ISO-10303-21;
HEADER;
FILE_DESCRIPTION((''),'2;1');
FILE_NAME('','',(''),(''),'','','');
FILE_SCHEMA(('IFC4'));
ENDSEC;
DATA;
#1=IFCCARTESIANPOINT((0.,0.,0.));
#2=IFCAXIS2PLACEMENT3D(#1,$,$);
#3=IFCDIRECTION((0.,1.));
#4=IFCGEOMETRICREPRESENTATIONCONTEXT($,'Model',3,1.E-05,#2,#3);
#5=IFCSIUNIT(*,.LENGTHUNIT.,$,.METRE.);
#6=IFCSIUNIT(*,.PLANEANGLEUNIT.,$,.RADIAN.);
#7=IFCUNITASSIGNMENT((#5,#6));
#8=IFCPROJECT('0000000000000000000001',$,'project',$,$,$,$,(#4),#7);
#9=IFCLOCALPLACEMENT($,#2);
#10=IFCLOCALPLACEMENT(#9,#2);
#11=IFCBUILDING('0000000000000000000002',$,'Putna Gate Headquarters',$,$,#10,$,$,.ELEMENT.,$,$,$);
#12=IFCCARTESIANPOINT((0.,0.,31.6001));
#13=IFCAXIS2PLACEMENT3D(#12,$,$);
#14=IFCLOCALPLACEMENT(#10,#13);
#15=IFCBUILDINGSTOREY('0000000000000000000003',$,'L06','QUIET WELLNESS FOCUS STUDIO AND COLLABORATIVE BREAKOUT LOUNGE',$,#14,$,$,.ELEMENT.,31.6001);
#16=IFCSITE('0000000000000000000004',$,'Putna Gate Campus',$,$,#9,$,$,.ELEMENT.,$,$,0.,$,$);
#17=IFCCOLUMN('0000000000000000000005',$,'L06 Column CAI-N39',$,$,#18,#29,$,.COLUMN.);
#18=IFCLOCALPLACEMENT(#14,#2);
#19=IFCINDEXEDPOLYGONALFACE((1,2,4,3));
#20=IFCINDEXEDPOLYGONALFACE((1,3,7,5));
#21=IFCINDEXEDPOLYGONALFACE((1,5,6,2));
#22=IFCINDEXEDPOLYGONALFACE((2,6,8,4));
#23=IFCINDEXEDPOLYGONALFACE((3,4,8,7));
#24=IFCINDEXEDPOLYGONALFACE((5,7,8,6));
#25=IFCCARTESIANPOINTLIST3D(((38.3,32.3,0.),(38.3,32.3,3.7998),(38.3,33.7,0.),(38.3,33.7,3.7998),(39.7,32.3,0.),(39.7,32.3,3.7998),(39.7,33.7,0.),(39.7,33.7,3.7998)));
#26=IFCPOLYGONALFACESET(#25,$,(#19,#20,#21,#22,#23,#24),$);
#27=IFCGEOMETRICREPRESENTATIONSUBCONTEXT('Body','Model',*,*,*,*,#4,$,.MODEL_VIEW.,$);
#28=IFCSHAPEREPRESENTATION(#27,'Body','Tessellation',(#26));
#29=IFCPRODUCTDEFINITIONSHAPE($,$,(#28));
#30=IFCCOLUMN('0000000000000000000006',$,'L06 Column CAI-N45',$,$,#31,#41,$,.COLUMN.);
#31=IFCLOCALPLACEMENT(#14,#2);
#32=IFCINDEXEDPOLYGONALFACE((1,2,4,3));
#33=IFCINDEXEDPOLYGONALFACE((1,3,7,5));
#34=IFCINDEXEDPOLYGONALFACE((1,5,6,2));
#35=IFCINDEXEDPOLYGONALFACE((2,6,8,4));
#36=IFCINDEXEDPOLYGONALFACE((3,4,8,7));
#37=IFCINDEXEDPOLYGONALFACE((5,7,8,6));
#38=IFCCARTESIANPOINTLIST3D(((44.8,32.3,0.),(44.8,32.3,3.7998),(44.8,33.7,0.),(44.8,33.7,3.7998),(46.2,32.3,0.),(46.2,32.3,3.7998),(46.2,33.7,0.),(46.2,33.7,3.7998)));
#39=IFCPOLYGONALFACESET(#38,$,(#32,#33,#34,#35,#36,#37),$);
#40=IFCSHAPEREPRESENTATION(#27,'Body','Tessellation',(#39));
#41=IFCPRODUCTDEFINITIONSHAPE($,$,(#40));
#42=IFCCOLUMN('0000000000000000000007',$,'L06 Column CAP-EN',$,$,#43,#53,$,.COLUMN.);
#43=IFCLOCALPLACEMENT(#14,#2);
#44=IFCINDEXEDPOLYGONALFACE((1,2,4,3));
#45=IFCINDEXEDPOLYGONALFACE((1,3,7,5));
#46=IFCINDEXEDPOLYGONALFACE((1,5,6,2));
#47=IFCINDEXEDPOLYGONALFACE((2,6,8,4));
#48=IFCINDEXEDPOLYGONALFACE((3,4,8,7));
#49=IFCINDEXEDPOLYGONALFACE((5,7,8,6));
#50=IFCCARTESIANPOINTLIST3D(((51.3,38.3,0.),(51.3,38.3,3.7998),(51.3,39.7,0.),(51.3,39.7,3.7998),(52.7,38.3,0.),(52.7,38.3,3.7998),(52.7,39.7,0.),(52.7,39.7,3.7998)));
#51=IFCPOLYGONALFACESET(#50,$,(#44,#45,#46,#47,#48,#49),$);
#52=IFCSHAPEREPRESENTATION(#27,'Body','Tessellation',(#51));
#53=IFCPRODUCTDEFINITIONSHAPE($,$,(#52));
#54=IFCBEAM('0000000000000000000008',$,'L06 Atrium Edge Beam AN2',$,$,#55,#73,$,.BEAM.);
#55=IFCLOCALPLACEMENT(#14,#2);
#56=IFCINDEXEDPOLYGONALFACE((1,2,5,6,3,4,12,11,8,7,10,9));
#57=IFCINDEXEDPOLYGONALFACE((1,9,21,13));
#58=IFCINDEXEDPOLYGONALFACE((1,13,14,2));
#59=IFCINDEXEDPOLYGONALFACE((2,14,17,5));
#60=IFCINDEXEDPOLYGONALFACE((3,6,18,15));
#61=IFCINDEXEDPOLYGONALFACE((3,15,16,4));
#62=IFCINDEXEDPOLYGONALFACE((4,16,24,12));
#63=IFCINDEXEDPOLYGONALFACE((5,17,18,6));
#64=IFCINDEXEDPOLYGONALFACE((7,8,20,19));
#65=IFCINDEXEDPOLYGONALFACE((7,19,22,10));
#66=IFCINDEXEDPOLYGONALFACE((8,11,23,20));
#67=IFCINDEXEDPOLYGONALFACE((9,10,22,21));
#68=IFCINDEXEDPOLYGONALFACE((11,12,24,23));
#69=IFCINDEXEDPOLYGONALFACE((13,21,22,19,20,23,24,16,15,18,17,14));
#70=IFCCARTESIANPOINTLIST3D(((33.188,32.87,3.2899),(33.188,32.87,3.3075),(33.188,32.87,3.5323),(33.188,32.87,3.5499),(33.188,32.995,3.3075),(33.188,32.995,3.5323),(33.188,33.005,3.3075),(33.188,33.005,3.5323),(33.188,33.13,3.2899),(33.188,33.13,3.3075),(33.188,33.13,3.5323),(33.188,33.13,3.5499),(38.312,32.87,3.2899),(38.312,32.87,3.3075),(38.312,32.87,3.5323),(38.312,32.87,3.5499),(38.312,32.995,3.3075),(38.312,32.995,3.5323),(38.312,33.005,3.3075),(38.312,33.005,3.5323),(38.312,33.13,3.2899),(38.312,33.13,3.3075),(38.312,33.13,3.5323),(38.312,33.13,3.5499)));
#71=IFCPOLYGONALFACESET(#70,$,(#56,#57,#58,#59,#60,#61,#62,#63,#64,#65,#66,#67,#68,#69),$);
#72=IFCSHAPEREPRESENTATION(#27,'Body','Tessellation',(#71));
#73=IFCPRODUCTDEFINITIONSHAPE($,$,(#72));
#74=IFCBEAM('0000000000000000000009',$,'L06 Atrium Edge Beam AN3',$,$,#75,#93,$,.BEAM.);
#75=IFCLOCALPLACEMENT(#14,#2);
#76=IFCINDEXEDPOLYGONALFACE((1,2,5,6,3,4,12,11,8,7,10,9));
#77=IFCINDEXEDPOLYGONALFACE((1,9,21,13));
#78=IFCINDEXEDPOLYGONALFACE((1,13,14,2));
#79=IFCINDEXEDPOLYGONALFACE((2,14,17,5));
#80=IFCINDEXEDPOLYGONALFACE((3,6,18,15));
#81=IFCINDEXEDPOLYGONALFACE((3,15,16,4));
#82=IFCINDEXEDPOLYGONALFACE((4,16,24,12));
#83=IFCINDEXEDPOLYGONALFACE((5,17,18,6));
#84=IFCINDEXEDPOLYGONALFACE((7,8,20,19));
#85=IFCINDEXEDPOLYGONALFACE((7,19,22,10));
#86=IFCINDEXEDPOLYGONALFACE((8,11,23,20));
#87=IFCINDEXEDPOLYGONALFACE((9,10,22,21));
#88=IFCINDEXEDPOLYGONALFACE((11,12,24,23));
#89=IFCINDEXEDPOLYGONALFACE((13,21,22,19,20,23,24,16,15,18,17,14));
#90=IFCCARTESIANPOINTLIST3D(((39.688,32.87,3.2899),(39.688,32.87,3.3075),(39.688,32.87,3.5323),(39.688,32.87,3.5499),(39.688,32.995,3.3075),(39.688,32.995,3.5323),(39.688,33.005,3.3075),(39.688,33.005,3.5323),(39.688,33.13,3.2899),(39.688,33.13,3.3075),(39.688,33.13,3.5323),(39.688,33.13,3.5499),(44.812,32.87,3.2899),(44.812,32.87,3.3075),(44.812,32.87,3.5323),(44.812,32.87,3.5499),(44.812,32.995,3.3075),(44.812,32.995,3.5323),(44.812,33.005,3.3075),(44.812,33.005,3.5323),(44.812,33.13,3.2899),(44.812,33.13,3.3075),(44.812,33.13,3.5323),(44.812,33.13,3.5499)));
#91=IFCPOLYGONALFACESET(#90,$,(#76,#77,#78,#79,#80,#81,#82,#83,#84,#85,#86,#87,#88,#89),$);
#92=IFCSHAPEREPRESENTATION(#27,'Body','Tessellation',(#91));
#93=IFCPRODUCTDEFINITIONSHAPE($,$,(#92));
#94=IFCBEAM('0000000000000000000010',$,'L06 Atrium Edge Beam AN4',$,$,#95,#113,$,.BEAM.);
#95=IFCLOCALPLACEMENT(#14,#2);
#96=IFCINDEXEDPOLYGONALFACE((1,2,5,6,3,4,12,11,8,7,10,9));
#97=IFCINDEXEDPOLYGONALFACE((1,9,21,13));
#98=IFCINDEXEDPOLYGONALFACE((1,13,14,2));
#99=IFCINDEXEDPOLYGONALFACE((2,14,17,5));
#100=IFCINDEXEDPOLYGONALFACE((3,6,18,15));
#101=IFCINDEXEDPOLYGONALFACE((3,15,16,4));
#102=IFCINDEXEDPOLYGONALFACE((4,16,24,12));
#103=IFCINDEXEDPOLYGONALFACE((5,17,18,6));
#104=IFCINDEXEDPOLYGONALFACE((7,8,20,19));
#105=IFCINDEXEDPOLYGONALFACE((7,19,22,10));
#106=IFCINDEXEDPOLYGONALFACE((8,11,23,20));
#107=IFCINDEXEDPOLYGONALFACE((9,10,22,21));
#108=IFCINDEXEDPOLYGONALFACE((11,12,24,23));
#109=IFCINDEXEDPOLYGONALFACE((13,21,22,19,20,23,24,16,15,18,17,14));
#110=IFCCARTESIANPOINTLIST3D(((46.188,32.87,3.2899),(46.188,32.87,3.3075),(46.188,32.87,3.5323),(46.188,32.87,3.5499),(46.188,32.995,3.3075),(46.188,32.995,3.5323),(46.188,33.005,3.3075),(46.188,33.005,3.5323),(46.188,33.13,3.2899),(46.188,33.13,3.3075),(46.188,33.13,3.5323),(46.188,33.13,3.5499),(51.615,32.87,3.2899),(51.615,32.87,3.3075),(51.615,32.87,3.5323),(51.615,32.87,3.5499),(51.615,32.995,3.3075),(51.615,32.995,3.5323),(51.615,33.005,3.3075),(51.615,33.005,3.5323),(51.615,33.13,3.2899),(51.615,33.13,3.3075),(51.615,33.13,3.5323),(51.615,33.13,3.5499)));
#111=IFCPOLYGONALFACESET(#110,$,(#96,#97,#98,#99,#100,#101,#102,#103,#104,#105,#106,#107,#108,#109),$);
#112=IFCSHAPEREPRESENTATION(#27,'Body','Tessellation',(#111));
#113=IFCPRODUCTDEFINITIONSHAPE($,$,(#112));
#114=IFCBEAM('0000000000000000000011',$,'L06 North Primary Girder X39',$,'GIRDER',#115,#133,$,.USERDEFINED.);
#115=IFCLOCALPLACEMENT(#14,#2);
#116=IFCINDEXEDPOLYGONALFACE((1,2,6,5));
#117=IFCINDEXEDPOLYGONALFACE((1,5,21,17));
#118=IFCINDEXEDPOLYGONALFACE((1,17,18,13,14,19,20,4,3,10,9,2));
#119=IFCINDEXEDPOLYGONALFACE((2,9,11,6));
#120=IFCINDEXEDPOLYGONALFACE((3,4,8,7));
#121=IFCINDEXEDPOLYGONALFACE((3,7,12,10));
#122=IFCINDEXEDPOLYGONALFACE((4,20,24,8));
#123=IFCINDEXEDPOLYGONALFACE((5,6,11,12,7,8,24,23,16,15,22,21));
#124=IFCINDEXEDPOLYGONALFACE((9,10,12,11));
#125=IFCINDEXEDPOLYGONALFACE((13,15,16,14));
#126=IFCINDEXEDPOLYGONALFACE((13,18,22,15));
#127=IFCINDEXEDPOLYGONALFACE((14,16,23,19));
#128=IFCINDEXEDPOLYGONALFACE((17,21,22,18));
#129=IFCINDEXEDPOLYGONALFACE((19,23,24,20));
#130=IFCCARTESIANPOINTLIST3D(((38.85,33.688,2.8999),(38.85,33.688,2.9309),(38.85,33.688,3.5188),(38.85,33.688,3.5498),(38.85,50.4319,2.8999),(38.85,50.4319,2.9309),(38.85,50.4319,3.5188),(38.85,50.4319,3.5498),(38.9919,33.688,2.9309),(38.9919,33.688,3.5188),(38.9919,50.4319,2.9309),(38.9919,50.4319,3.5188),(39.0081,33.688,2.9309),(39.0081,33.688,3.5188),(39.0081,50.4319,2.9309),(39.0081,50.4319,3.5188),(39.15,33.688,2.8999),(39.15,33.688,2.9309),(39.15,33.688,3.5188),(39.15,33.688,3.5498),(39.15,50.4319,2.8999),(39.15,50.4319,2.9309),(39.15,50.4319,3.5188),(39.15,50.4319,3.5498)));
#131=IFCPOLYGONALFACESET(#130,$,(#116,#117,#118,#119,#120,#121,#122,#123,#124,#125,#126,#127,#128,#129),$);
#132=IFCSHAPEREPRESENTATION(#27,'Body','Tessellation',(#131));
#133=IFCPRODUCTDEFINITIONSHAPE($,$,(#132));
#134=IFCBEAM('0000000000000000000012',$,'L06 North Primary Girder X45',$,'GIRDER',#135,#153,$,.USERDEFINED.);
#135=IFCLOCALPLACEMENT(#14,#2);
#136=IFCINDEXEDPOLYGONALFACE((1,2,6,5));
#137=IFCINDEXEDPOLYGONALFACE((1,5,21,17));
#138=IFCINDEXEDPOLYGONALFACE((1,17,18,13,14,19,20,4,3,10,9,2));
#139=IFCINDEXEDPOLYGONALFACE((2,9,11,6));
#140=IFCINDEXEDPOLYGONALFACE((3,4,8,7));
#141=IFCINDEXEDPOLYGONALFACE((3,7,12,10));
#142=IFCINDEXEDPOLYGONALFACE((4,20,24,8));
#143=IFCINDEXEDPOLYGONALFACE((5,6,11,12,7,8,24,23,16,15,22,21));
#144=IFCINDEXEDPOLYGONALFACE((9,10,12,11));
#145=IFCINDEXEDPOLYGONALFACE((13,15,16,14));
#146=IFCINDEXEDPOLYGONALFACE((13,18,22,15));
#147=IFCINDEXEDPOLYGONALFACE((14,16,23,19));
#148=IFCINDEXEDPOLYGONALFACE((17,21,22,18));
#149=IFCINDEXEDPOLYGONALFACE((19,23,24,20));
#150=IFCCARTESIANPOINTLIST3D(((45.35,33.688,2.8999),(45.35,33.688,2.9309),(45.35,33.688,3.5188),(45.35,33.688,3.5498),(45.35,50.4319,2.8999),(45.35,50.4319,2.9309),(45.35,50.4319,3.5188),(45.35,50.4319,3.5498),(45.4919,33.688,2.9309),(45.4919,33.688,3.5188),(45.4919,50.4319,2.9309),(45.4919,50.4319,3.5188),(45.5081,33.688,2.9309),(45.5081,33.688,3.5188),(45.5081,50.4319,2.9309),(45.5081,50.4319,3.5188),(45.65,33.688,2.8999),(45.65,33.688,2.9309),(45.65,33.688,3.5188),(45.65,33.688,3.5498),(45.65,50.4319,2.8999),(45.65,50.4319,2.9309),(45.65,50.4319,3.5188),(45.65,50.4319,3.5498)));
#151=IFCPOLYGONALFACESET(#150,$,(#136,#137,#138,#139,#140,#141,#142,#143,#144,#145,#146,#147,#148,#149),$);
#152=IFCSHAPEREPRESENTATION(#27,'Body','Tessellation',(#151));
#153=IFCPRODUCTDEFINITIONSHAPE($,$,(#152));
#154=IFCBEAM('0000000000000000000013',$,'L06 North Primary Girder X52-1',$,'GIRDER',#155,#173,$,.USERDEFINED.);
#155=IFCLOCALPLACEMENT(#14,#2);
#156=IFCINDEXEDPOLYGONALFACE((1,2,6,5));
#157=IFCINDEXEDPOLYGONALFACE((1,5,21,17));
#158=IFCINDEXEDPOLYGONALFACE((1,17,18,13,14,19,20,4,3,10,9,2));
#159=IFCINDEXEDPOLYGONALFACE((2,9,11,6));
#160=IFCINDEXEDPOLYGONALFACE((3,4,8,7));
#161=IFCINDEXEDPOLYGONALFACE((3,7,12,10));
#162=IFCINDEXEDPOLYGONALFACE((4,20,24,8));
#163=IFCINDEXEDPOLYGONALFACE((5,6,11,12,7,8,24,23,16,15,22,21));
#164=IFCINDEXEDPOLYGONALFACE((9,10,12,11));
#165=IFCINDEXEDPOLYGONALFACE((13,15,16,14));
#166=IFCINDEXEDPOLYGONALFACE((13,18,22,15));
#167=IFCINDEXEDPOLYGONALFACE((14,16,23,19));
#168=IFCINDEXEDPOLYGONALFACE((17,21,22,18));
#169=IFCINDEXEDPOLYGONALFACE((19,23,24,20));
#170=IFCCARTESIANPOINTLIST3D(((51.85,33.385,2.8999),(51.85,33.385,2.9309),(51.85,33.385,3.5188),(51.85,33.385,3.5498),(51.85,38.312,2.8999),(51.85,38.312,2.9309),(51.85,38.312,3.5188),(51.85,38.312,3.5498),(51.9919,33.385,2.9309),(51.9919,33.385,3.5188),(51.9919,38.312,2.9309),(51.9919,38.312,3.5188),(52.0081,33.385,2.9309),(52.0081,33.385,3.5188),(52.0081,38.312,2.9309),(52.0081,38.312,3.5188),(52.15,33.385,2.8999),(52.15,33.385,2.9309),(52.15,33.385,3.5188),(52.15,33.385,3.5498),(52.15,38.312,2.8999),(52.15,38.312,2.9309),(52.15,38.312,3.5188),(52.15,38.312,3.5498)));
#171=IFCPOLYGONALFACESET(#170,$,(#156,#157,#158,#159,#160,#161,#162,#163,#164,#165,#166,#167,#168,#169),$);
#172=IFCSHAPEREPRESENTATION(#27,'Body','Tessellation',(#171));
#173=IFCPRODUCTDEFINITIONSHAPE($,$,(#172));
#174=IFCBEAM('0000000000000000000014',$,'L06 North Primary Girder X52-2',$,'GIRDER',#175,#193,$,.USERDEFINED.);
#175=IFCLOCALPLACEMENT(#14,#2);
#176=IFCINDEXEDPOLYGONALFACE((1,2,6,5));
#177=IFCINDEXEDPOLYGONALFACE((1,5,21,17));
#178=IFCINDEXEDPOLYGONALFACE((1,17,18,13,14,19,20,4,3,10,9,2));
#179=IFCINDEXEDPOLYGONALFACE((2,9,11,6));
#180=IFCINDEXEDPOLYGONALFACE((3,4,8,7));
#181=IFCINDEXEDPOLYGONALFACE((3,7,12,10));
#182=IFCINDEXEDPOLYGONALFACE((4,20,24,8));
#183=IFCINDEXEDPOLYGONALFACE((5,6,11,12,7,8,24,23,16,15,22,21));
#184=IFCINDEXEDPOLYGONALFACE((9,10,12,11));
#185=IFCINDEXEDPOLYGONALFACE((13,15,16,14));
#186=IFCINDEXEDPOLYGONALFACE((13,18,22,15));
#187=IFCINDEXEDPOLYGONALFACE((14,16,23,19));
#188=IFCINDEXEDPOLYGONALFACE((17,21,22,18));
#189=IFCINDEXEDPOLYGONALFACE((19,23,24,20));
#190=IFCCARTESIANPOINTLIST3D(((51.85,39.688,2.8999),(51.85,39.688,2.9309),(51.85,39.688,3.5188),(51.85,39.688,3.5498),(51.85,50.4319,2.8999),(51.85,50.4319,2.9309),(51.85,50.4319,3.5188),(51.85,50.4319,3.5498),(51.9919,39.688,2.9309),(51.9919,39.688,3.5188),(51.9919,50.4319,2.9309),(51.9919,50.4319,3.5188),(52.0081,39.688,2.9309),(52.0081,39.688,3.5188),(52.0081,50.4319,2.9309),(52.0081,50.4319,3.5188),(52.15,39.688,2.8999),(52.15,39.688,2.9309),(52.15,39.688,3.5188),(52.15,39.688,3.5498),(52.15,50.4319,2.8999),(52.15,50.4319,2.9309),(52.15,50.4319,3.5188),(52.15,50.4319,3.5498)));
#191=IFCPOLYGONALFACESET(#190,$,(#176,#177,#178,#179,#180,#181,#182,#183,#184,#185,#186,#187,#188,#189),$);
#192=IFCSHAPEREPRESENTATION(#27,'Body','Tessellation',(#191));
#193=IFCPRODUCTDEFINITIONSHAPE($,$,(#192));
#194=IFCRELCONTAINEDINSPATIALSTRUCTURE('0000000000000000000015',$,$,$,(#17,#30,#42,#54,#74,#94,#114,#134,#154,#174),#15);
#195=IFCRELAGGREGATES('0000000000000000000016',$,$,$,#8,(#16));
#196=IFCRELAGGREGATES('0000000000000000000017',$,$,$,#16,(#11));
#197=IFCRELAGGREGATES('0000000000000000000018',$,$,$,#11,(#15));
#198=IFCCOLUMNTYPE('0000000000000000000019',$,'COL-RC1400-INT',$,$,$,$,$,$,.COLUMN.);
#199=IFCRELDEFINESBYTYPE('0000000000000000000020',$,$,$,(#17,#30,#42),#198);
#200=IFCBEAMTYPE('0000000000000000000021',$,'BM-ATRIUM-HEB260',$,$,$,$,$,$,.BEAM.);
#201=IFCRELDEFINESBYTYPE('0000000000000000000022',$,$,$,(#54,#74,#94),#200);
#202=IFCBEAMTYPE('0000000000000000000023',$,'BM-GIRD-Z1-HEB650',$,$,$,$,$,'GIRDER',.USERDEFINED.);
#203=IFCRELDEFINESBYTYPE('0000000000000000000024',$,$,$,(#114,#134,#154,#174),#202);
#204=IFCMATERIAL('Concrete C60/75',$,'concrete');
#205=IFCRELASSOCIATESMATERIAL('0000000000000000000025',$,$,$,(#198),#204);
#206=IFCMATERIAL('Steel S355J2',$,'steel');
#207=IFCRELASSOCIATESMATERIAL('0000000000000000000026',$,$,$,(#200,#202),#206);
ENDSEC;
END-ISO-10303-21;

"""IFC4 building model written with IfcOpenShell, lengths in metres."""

from ifc_helpers import new_model, si_unit, direction, frame, origin, origin_2d, place, context, subcontext, project, spatial, rectangle, i_section, extrude, material, material_profile, profile_set, type_object, element, save


model = new_model("IFC4")

# Units and contexts
model_context = context("Model", 3, precision=1e-05, world=origin(), true_north=direction((0.0, 1.0)))
body_context = subcontext(model_context, "Body", "Model", "MODEL_VIEW")
ifc_project = project(units=[si_unit("LENGTHUNIT", "METRE"), si_unit("PLANEANGLEUNIT", "RADIAN")], contexts=[model_context])

# Site, building, storey
site_placement = place(None, origin())
site = spatial("IfcSite", under=ifc_project, at=site_placement, Name="Putna Gate Campus", CompositionType="ELEMENT", RefElevation=0.0)
building_placement = place(site_placement, origin())
building = spatial("IfcBuilding", under=site, at=building_placement, Name="Putna Gate Headquarters", CompositionType="ELEMENT")
storey_placement = place(building_placement, frame((0.0, 0.0, 31.6001)))
storey = spatial("IfcBuildingStorey", under=building, at=storey_placement, Name="L06", Description="QUIET WELLNESS FOCUS STUDIO AND COLLABORATIVE BREAKOUT LOUNGE", CompositionType="ELEMENT", Elevation=31.6001)

# Columns
ifc_material_1 = material(Name="Concrete C60/75", Category="concrete")
ifc_material_profile_1 = material_profile(ifc_material_1, rectangle(XDim=1.3999, YDim=1.3999, at=origin_2d()), Name="Concrete C60/75")
ifc_profile_set_1 = profile_set([ifc_material_profile_1], Name="Concrete C60/75")
column_type = type_object("IfcColumnType", Name="COL-RC1400-INT", PredefinedType="COLUMN", material=ifc_profile_set_1)
for number, where, z_axis, x_axis, name in (
    (1, (39.0, 33.0, 0.0), (0.0, 0.0, 1.0), (1.0, 0.0, 0.0), "L06 Column CAI-N39"),
    (2, (45.5, 33.0, 0.0), (0.0, 0.0, 1.0), (1.0, 0.0, 0.0), "L06 Column CAI-N45"),
    (3, (52.0, 39.0, 0.0), (0.0, 0.0, 1.0), (1.0, 0.0, 0.0), "L06 Column CAP-EN"),
):
    element("IfcColumn", number, at=place(storey_placement, frame(where, z_axis=z_axis, x_axis=x_axis)), inside=storey, type_object=column_type, Name=name, PredefinedType="COLUMN", context=body_context, shape_type="SweptSolid", body=[
        extrude(rectangle(XDim=1.3999, YDim=1.3999, at=origin_2d()), origin(), (0.0, 0.0, 1.0), 3.7998),
    ])

# Beams
ifc_material_2 = material(Name="Steel S355J2", Category="steel")
ifc_material_profile_2 = material_profile(ifc_material_2, i_section(OverallWidth=0.26, OverallDepth=0.26, WebThickness=0.01, FlangeThickness=0.0176, at=origin_2d()), Name="Steel S355J2")
ifc_profile_set_2 = profile_set([ifc_material_profile_2], Name="Steel S355J2")
beam_type_1 = type_object("IfcBeamType", Name="BM-ATRIUM-HEB260", PredefinedType="BEAM", material=ifc_profile_set_2)
for number, where, z_axis, x_axis, name in (
    (4, (33.188, 33.0, 3.4199), (1.0, 0.0, 0.0), (0.0, 1.0, 0.0), "L06 Atrium Edge Beam AN2"),
    (5, (39.688, 33.0, 3.4199), (1.0, 0.0, 0.0), (0.0, 1.0, 0.0), "L06 Atrium Edge Beam AN3"),
):
    element("IfcBeam", number, at=place(storey_placement, frame(where, z_axis=z_axis, x_axis=x_axis)), inside=storey, type_object=beam_type_1, Name=name, PredefinedType="BEAM", context=body_context, shape_type="SweptSolid", body=[
        extrude(i_section(OverallWidth=0.26, OverallDepth=0.26, WebThickness=0.01, FlangeThickness=0.0176, at=origin_2d()), origin(), (0.0, 0.0, 1.0), 5.124),
    ])
beam_1_placement = place(storey_placement, frame((46.188, 33.0, 3.4199), z_axis=(1.0, 0.0, 0.0), x_axis=(0.0, 1.0, 0.0)))
element("IfcBeam", 6, at=beam_1_placement, inside=storey, type_object=beam_type_1, Name="L06 Atrium Edge Beam AN4", PredefinedType="BEAM", context=body_context, shape_type="SweptSolid", body=[
    extrude(i_section(OverallWidth=0.26, OverallDepth=0.26, WebThickness=0.01, FlangeThickness=0.0176, at=origin_2d()), origin(), (0.0, 0.0, 1.0), 5.427),
])
ifc_material_profile_3 = material_profile(ifc_material_2, i_section(OverallWidth=0.3, OverallDepth=0.6499, WebThickness=0.0161, FlangeThickness=0.031, at=origin_2d()), Name="Steel S355J2")
ifc_profile_set_3 = profile_set([ifc_material_profile_3], Name="Steel S355J2")
beam_type_2 = type_object("IfcBeamType", Name="BM-GIRD-Z1-HEB650", ElementType="GIRDER", PredefinedType="USERDEFINED", material=ifc_profile_set_3)
for number, where, z_axis, x_axis, name in (
    (7, (39.0, 33.688, 3.2249), (0.0, 1.0, 0.0), (-1.0, 0.0, 0.0), "L06 North Primary Girder X39"),
    (8, (45.5, 33.688, 3.2249), (0.0, 1.0, 0.0), (-1.0, 0.0, 0.0), "L06 North Primary Girder X45"),
):
    element("IfcBeam", number, at=place(storey_placement, frame(where, z_axis=z_axis, x_axis=x_axis)), inside=storey, type_object=beam_type_2, Name=name, ObjectType="GIRDER", PredefinedType="USERDEFINED", context=body_context, shape_type="SweptSolid", body=[
        extrude(i_section(OverallWidth=0.3, OverallDepth=0.6499, WebThickness=0.0161, FlangeThickness=0.031, at=origin_2d()), origin(), (0.0, 0.0, 1.0), 16.7439),
    ])
beam_2_placement = place(storey_placement, frame((52.0, 33.385, 3.2249), z_axis=(0.0, 1.0, 0.0), x_axis=(-1.0, 0.0, 0.0)))
element("IfcBeam", 9, at=beam_2_placement, inside=storey, type_object=beam_type_2, Name="L06 North Primary Girder X52-1", ObjectType="GIRDER", PredefinedType="USERDEFINED", context=body_context, shape_type="SweptSolid", body=[
    extrude(i_section(OverallWidth=0.3, OverallDepth=0.6499, WebThickness=0.0161, FlangeThickness=0.031, at=origin_2d()), origin(), (0.0, 0.0, 1.0), 4.927),
])
beam_3_placement = place(storey_placement, frame((52.0, 39.688, 3.2249), z_axis=(0.0, 1.0, 0.0), x_axis=(-1.0, 0.0, 0.0)))
element("IfcBeam", 10, at=beam_3_placement, inside=storey, type_object=beam_type_2, Name="L06 North Primary Girder X52-2", ObjectType="GIRDER", PredefinedType="USERDEFINED", context=body_context, shape_type="SweptSolid", body=[
    extrude(i_section(OverallWidth=0.3, OverallDepth=0.6499, WebThickness=0.0161, FlangeThickness=0.031, at=origin_2d()), origin(), (0.0, 0.0, 1.0), 10.7439),
])

save(model, "model.ifc")
